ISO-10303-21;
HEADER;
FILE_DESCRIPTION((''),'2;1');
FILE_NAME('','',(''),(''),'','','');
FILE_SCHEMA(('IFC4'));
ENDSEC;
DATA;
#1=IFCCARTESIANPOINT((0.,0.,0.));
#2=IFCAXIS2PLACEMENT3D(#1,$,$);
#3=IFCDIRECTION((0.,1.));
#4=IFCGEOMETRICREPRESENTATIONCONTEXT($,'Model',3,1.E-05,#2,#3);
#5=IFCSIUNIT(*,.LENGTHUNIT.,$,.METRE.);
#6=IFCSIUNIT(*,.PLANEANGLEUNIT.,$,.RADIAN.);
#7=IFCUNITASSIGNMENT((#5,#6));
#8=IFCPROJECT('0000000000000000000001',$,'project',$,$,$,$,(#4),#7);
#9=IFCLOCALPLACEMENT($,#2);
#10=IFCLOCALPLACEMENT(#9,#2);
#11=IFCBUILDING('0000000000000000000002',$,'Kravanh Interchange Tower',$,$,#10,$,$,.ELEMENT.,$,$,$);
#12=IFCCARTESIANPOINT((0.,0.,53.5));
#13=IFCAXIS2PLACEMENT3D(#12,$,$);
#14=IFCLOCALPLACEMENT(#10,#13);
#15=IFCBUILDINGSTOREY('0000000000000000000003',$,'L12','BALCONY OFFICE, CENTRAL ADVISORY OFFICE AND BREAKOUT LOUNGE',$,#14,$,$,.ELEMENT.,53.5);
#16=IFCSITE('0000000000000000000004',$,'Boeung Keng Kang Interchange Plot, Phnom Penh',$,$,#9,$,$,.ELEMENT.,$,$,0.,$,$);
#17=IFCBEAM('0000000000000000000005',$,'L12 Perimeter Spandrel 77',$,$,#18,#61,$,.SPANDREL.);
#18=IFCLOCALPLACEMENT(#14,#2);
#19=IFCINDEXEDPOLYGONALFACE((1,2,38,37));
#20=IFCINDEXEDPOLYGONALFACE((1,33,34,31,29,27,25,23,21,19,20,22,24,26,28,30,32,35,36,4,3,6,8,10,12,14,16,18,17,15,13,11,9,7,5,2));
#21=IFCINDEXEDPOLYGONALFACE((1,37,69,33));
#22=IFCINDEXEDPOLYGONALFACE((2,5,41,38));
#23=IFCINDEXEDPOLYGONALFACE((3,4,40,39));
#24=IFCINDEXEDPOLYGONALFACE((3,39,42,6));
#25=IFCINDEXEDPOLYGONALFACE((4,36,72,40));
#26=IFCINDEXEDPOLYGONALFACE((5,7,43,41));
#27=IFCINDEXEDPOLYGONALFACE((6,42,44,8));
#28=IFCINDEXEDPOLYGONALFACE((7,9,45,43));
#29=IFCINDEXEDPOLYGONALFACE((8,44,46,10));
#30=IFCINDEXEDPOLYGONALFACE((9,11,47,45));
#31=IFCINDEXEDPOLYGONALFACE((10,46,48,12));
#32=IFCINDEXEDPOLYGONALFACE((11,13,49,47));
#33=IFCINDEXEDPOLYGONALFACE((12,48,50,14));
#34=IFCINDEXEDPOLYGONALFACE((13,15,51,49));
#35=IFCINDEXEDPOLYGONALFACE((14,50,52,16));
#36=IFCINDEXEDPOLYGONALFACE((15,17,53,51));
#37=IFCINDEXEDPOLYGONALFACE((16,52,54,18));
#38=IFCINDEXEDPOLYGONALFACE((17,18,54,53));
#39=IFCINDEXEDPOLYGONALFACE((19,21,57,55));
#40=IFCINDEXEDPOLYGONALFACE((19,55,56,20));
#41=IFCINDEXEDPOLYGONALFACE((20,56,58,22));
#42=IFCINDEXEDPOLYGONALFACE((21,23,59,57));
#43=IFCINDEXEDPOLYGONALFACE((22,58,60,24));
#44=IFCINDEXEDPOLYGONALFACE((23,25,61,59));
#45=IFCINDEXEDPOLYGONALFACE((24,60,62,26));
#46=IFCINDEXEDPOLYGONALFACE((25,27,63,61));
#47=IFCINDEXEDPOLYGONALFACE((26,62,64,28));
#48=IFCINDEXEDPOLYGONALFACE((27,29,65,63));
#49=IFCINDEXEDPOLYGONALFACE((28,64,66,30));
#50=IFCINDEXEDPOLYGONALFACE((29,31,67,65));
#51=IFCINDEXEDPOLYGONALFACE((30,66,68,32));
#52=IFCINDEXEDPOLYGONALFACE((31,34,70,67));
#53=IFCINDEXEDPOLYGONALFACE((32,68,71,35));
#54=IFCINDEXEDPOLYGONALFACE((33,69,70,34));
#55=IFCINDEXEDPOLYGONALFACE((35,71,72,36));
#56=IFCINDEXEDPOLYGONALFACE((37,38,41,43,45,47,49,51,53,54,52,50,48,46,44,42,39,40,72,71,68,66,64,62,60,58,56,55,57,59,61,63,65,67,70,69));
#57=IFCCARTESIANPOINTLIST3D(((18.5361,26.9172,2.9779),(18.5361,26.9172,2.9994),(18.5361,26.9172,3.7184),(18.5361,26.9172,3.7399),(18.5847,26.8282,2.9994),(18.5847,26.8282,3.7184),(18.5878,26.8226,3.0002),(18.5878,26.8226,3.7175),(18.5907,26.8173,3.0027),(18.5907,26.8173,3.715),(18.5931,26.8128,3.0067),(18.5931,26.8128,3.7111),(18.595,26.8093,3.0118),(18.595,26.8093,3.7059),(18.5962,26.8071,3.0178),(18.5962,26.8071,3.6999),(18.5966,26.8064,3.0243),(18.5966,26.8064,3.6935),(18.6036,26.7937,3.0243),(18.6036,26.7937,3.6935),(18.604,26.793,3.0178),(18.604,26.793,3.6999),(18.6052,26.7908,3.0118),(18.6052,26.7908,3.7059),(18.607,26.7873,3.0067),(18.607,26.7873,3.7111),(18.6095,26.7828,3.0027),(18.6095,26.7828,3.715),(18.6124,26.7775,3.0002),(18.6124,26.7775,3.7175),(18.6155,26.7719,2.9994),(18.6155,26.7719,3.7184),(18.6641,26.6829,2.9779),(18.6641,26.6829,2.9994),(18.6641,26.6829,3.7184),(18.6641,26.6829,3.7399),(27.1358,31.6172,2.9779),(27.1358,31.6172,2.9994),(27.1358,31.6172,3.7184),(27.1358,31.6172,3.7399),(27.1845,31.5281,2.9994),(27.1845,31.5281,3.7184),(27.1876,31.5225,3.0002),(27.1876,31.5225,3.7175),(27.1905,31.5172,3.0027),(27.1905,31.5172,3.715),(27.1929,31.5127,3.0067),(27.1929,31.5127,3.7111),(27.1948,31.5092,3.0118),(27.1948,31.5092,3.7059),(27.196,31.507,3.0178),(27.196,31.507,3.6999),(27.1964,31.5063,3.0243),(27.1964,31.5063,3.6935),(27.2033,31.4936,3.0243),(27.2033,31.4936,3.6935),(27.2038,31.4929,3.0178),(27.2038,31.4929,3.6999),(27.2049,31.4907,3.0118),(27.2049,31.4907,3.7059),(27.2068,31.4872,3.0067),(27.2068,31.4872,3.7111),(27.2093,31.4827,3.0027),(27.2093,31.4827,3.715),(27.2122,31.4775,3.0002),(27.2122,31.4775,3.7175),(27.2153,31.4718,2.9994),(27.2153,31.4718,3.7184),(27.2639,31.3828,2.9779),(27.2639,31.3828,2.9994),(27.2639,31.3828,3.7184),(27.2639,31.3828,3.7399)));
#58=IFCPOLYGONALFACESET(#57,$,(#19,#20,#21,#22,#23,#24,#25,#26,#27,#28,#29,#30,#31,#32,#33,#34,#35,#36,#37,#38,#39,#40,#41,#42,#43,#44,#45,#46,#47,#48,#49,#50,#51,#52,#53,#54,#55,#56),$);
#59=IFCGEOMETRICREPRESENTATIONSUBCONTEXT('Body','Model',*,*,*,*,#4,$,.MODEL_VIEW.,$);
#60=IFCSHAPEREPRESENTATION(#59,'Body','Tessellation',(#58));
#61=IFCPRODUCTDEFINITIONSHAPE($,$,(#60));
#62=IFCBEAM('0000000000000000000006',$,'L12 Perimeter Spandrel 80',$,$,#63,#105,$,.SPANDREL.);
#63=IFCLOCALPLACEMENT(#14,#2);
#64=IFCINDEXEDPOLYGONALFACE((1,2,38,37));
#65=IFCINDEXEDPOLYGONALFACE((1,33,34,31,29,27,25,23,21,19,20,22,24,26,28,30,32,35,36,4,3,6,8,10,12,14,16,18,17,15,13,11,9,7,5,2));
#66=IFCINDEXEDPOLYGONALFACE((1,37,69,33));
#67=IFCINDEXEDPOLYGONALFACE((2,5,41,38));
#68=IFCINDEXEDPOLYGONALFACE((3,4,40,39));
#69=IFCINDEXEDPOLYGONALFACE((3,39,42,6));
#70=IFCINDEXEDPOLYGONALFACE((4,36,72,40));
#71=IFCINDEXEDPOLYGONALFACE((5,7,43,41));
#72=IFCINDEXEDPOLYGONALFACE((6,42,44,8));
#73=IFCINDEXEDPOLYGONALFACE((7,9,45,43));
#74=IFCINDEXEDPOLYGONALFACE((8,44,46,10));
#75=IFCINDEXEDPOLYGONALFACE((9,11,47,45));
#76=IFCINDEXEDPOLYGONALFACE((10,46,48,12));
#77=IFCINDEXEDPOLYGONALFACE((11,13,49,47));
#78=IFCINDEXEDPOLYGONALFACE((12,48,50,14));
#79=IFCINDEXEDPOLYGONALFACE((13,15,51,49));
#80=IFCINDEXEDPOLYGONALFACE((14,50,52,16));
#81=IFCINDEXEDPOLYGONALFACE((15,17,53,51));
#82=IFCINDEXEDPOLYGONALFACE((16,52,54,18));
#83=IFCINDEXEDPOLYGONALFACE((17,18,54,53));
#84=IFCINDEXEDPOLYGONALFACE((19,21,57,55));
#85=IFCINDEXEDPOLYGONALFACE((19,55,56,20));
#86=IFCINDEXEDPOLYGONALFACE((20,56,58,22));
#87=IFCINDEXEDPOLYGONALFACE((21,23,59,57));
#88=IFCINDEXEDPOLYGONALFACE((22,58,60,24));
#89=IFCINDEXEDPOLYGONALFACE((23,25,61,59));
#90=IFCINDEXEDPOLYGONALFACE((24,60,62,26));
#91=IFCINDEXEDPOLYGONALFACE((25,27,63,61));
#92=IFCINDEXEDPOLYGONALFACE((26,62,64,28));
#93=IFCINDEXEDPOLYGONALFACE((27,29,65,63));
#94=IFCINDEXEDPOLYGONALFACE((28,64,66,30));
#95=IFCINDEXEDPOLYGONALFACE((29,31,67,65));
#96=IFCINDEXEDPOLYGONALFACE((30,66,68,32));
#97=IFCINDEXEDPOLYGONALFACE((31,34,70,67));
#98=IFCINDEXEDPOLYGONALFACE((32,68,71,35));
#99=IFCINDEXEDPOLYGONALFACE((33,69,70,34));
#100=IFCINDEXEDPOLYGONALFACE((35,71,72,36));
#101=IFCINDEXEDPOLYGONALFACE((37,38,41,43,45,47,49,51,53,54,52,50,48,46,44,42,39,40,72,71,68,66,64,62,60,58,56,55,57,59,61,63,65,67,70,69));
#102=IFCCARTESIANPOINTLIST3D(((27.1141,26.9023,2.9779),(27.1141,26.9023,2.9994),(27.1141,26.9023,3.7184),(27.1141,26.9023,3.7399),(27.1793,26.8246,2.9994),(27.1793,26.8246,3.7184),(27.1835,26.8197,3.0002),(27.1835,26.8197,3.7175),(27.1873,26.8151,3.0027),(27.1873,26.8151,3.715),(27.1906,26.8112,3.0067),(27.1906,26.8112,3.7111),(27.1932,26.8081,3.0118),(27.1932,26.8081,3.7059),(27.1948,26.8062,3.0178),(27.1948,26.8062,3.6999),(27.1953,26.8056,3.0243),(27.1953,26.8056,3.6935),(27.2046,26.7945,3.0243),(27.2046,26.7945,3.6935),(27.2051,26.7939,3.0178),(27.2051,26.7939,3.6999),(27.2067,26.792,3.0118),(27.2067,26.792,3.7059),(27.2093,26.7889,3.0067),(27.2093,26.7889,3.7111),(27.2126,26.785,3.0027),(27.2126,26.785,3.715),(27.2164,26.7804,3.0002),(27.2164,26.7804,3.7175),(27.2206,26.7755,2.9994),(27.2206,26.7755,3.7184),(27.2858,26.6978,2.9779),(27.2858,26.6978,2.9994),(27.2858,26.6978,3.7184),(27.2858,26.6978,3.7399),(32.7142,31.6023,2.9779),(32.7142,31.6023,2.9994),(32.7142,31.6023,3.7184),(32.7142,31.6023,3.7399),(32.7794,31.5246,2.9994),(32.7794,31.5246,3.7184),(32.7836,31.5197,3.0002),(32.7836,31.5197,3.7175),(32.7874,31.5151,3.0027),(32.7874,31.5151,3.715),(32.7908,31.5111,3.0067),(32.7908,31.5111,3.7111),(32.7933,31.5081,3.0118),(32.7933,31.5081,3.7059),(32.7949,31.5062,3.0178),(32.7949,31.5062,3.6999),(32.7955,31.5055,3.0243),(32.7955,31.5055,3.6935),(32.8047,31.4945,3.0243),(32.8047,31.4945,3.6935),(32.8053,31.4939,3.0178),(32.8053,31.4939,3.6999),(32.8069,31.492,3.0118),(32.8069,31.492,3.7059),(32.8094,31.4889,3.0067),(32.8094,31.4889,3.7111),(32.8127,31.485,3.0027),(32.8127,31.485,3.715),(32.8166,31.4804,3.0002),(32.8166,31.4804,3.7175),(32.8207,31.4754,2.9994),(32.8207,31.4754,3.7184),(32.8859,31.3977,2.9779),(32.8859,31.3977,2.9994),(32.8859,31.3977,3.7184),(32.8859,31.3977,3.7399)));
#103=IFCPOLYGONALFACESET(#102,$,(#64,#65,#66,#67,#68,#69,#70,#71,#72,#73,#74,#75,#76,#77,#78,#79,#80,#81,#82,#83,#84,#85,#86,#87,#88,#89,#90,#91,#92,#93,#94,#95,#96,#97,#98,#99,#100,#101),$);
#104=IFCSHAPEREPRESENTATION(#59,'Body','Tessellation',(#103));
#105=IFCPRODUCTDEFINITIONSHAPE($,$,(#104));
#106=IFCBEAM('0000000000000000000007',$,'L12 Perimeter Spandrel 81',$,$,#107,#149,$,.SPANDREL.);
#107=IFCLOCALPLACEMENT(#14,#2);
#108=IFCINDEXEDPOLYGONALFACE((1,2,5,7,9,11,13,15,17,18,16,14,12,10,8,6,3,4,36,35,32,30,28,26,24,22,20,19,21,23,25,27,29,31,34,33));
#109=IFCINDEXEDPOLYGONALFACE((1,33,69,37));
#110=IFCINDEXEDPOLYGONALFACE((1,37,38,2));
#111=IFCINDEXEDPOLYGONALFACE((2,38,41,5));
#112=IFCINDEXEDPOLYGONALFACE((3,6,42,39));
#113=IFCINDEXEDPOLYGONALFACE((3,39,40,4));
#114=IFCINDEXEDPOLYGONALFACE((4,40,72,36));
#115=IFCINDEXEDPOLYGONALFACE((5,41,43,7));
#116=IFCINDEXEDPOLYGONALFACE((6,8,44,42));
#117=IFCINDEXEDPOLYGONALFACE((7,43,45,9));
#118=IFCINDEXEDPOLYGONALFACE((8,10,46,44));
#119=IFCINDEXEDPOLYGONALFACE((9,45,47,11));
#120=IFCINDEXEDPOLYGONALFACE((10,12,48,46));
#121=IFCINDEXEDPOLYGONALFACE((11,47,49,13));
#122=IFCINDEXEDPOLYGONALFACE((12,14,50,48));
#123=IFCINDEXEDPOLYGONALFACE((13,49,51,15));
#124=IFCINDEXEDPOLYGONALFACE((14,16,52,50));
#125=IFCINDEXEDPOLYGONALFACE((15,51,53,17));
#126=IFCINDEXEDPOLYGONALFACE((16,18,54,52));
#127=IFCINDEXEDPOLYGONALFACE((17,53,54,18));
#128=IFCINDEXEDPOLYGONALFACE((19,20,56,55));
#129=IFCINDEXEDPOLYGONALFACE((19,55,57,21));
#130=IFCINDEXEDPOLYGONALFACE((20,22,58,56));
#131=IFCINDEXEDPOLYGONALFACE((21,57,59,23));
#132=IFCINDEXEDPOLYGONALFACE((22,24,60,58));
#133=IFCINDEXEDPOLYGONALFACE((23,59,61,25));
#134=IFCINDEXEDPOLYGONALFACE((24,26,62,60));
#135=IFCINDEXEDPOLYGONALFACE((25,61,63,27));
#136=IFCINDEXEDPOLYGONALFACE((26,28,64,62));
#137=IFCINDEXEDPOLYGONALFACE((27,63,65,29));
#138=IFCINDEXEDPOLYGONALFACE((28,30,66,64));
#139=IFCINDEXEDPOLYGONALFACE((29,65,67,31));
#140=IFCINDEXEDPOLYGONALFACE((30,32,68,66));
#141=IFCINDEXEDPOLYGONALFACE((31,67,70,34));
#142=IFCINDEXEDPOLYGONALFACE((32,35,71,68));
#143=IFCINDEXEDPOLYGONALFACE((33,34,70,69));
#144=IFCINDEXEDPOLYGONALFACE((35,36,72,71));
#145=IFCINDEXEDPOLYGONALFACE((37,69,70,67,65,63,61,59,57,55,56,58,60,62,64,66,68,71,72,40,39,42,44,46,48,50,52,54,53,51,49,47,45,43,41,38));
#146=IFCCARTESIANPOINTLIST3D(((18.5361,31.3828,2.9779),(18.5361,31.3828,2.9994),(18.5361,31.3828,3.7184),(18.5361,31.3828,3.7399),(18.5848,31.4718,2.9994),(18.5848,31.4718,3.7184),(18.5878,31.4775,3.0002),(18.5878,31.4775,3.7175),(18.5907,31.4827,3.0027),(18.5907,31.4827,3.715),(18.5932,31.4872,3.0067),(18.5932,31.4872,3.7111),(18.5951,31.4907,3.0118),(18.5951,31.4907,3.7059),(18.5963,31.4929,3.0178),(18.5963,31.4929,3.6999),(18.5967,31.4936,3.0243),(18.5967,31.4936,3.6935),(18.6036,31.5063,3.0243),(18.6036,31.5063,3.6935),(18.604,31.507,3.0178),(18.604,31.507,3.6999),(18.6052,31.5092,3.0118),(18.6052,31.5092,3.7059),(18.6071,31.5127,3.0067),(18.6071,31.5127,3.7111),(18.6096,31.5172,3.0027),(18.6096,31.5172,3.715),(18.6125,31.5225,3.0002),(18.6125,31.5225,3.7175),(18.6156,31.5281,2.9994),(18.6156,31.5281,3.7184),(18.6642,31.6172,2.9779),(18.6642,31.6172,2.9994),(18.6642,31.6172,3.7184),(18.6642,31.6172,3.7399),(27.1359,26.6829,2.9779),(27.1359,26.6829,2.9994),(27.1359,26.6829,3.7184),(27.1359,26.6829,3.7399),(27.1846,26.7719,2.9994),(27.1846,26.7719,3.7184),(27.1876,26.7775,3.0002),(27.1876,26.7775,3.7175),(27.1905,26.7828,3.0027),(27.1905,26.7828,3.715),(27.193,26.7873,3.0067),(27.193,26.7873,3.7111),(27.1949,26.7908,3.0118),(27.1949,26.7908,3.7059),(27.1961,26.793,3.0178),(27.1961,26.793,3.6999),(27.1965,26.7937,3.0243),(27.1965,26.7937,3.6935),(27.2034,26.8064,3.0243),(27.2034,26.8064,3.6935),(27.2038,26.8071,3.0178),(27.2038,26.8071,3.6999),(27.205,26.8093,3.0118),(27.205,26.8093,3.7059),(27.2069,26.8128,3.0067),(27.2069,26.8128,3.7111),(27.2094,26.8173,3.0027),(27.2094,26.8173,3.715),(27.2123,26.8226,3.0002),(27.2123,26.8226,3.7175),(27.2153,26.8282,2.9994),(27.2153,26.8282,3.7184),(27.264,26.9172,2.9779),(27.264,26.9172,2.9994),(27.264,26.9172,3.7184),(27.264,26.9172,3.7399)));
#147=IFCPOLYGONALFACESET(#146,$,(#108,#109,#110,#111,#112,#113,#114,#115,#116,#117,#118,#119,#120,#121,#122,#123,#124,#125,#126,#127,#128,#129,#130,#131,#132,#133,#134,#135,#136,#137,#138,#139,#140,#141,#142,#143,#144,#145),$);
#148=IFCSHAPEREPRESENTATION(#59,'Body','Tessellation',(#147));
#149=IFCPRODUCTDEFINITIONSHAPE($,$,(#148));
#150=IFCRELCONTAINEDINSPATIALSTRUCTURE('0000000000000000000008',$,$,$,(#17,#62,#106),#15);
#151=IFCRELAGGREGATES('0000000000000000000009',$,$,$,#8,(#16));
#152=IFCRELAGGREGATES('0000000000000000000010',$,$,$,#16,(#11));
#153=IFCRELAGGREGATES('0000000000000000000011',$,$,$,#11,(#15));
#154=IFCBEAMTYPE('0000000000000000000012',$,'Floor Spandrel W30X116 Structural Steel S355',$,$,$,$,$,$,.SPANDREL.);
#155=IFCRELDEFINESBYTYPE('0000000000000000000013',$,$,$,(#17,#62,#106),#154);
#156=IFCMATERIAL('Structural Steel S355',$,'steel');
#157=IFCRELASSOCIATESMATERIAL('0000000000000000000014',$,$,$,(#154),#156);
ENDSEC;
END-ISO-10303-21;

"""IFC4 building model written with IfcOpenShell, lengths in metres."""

from ifc_helpers import new_model, si_unit, direction, frame, origin, origin_2d, place, context, subcontext, project, spatial, i_section, extrude, material, material_profile, profile_set, type_object, element, save


model = new_model("IFC4")

# Units and contexts
model_context = context("Model", 3, precision=1e-05, world=origin(), true_north=direction((0.0, 1.0)))
body_context = subcontext(model_context, "Body", "Model", "MODEL_VIEW")
ifc_project = project(units=[si_unit("LENGTHUNIT", "METRE"), si_unit("PLANEANGLEUNIT", "RADIAN")], contexts=[model_context])

# Site, building, storey
site_placement = place(None, origin())
site = spatial("IfcSite", under=ifc_project, at=site_placement, Name="Boeung Keng Kang Interchange Plot, Phnom Penh", CompositionType="ELEMENT", RefElevation=0.0)
building_placement = place(site_placement, origin())
building = spatial("IfcBuilding", under=site, at=building_placement, Name="Kravanh Interchange Tower", CompositionType="ELEMENT")
storey_placement = place(building_placement, frame((0.0, 0.0, 53.5)))
storey = spatial("IfcBuildingStorey", under=building, at=storey_placement, Name="L12", Description="BALCONY OFFICE, CENTRAL ADVISORY OFFICE AND BREAKOUT LOUNGE", CompositionType="ELEMENT", Elevation=53.5)

# Beams
ifc_material_1 = material(Name="Structural Steel S355", Category="steel")
ifc_material_profile_1 = material_profile(ifc_material_1, i_section(OverallWidth=0.2671, OverallDepth=0.762, WebThickness=0.0144, FlangeThickness=0.0215, FilletRadius=0.0249, at=origin_2d()), Name="W30X116")
ifc_profile_set_1 = profile_set([ifc_material_profile_1], Name="Structural Steel S355")
beam_type_1 = type_object("IfcBeamType", Name="Floor Spandrel W30X116 Structural Steel S355", PredefinedType="SPANDREL", material=ifc_profile_set_1)
beam_1_placement = place(storey_placement, frame((18.6001, 26.8, 3.3589), z_axis=(0.877504, 0.479569, 0.0), x_axis=(-0.479569, 0.877504, 0.0)))
element("IfcBeam", 1, at=beam_1_placement, inside=storey, type_object=beam_type_1, Name="L12 Perimeter Spandrel 77", PredefinedType="SPANDREL", context=body_context, shape_type="SweptSolid", body=[
    extrude(i_section(OverallWidth=0.2671, OverallDepth=0.762, WebThickness=0.0144, FlangeThickness=0.0215, FilletRadius=0.0249, at=origin_2d()), origin(), (0.0, 0.0, 1.0), 9.8003),
])
beam_2_placement = place(storey_placement, frame((27.2, 26.8, 3.3589), z_axis=(0.765983, 0.642861, 0.0), x_axis=(-0.642861, 0.765983, 0.0)))
element("IfcBeam", 2, at=beam_2_placement, inside=storey, type_object=beam_type_1, Name="L12 Perimeter Spandrel 80", PredefinedType="SPANDREL", context=body_context, shape_type="SweptSolid", body=[
    extrude(i_section(OverallWidth=0.2671, OverallDepth=0.762, WebThickness=0.0144, FlangeThickness=0.0215, FilletRadius=0.0249, at=origin_2d()), origin(), (0.0, 0.0, 1.0), 7.311),
])
beam_3_placement = place(storey_placement, frame((27.2, 26.8, 3.3589), z_axis=(-0.877504, 0.479569, 0.0), x_axis=(-0.479569, -0.877504, 0.0)))
element("IfcBeam", 3, at=beam_3_placement, inside=storey, type_object=beam_type_1, Name="L12 Perimeter Spandrel 81", PredefinedType="SPANDREL", context=body_context, shape_type="SweptSolid", body=[
    extrude(i_section(OverallWidth=0.2671, OverallDepth=0.762, WebThickness=0.0144, FlangeThickness=0.0215, FilletRadius=0.0249, at=origin_2d()), origin(), (0.0, 0.0, 1.0), 9.8003),
])

save(model, "model.ifc")
